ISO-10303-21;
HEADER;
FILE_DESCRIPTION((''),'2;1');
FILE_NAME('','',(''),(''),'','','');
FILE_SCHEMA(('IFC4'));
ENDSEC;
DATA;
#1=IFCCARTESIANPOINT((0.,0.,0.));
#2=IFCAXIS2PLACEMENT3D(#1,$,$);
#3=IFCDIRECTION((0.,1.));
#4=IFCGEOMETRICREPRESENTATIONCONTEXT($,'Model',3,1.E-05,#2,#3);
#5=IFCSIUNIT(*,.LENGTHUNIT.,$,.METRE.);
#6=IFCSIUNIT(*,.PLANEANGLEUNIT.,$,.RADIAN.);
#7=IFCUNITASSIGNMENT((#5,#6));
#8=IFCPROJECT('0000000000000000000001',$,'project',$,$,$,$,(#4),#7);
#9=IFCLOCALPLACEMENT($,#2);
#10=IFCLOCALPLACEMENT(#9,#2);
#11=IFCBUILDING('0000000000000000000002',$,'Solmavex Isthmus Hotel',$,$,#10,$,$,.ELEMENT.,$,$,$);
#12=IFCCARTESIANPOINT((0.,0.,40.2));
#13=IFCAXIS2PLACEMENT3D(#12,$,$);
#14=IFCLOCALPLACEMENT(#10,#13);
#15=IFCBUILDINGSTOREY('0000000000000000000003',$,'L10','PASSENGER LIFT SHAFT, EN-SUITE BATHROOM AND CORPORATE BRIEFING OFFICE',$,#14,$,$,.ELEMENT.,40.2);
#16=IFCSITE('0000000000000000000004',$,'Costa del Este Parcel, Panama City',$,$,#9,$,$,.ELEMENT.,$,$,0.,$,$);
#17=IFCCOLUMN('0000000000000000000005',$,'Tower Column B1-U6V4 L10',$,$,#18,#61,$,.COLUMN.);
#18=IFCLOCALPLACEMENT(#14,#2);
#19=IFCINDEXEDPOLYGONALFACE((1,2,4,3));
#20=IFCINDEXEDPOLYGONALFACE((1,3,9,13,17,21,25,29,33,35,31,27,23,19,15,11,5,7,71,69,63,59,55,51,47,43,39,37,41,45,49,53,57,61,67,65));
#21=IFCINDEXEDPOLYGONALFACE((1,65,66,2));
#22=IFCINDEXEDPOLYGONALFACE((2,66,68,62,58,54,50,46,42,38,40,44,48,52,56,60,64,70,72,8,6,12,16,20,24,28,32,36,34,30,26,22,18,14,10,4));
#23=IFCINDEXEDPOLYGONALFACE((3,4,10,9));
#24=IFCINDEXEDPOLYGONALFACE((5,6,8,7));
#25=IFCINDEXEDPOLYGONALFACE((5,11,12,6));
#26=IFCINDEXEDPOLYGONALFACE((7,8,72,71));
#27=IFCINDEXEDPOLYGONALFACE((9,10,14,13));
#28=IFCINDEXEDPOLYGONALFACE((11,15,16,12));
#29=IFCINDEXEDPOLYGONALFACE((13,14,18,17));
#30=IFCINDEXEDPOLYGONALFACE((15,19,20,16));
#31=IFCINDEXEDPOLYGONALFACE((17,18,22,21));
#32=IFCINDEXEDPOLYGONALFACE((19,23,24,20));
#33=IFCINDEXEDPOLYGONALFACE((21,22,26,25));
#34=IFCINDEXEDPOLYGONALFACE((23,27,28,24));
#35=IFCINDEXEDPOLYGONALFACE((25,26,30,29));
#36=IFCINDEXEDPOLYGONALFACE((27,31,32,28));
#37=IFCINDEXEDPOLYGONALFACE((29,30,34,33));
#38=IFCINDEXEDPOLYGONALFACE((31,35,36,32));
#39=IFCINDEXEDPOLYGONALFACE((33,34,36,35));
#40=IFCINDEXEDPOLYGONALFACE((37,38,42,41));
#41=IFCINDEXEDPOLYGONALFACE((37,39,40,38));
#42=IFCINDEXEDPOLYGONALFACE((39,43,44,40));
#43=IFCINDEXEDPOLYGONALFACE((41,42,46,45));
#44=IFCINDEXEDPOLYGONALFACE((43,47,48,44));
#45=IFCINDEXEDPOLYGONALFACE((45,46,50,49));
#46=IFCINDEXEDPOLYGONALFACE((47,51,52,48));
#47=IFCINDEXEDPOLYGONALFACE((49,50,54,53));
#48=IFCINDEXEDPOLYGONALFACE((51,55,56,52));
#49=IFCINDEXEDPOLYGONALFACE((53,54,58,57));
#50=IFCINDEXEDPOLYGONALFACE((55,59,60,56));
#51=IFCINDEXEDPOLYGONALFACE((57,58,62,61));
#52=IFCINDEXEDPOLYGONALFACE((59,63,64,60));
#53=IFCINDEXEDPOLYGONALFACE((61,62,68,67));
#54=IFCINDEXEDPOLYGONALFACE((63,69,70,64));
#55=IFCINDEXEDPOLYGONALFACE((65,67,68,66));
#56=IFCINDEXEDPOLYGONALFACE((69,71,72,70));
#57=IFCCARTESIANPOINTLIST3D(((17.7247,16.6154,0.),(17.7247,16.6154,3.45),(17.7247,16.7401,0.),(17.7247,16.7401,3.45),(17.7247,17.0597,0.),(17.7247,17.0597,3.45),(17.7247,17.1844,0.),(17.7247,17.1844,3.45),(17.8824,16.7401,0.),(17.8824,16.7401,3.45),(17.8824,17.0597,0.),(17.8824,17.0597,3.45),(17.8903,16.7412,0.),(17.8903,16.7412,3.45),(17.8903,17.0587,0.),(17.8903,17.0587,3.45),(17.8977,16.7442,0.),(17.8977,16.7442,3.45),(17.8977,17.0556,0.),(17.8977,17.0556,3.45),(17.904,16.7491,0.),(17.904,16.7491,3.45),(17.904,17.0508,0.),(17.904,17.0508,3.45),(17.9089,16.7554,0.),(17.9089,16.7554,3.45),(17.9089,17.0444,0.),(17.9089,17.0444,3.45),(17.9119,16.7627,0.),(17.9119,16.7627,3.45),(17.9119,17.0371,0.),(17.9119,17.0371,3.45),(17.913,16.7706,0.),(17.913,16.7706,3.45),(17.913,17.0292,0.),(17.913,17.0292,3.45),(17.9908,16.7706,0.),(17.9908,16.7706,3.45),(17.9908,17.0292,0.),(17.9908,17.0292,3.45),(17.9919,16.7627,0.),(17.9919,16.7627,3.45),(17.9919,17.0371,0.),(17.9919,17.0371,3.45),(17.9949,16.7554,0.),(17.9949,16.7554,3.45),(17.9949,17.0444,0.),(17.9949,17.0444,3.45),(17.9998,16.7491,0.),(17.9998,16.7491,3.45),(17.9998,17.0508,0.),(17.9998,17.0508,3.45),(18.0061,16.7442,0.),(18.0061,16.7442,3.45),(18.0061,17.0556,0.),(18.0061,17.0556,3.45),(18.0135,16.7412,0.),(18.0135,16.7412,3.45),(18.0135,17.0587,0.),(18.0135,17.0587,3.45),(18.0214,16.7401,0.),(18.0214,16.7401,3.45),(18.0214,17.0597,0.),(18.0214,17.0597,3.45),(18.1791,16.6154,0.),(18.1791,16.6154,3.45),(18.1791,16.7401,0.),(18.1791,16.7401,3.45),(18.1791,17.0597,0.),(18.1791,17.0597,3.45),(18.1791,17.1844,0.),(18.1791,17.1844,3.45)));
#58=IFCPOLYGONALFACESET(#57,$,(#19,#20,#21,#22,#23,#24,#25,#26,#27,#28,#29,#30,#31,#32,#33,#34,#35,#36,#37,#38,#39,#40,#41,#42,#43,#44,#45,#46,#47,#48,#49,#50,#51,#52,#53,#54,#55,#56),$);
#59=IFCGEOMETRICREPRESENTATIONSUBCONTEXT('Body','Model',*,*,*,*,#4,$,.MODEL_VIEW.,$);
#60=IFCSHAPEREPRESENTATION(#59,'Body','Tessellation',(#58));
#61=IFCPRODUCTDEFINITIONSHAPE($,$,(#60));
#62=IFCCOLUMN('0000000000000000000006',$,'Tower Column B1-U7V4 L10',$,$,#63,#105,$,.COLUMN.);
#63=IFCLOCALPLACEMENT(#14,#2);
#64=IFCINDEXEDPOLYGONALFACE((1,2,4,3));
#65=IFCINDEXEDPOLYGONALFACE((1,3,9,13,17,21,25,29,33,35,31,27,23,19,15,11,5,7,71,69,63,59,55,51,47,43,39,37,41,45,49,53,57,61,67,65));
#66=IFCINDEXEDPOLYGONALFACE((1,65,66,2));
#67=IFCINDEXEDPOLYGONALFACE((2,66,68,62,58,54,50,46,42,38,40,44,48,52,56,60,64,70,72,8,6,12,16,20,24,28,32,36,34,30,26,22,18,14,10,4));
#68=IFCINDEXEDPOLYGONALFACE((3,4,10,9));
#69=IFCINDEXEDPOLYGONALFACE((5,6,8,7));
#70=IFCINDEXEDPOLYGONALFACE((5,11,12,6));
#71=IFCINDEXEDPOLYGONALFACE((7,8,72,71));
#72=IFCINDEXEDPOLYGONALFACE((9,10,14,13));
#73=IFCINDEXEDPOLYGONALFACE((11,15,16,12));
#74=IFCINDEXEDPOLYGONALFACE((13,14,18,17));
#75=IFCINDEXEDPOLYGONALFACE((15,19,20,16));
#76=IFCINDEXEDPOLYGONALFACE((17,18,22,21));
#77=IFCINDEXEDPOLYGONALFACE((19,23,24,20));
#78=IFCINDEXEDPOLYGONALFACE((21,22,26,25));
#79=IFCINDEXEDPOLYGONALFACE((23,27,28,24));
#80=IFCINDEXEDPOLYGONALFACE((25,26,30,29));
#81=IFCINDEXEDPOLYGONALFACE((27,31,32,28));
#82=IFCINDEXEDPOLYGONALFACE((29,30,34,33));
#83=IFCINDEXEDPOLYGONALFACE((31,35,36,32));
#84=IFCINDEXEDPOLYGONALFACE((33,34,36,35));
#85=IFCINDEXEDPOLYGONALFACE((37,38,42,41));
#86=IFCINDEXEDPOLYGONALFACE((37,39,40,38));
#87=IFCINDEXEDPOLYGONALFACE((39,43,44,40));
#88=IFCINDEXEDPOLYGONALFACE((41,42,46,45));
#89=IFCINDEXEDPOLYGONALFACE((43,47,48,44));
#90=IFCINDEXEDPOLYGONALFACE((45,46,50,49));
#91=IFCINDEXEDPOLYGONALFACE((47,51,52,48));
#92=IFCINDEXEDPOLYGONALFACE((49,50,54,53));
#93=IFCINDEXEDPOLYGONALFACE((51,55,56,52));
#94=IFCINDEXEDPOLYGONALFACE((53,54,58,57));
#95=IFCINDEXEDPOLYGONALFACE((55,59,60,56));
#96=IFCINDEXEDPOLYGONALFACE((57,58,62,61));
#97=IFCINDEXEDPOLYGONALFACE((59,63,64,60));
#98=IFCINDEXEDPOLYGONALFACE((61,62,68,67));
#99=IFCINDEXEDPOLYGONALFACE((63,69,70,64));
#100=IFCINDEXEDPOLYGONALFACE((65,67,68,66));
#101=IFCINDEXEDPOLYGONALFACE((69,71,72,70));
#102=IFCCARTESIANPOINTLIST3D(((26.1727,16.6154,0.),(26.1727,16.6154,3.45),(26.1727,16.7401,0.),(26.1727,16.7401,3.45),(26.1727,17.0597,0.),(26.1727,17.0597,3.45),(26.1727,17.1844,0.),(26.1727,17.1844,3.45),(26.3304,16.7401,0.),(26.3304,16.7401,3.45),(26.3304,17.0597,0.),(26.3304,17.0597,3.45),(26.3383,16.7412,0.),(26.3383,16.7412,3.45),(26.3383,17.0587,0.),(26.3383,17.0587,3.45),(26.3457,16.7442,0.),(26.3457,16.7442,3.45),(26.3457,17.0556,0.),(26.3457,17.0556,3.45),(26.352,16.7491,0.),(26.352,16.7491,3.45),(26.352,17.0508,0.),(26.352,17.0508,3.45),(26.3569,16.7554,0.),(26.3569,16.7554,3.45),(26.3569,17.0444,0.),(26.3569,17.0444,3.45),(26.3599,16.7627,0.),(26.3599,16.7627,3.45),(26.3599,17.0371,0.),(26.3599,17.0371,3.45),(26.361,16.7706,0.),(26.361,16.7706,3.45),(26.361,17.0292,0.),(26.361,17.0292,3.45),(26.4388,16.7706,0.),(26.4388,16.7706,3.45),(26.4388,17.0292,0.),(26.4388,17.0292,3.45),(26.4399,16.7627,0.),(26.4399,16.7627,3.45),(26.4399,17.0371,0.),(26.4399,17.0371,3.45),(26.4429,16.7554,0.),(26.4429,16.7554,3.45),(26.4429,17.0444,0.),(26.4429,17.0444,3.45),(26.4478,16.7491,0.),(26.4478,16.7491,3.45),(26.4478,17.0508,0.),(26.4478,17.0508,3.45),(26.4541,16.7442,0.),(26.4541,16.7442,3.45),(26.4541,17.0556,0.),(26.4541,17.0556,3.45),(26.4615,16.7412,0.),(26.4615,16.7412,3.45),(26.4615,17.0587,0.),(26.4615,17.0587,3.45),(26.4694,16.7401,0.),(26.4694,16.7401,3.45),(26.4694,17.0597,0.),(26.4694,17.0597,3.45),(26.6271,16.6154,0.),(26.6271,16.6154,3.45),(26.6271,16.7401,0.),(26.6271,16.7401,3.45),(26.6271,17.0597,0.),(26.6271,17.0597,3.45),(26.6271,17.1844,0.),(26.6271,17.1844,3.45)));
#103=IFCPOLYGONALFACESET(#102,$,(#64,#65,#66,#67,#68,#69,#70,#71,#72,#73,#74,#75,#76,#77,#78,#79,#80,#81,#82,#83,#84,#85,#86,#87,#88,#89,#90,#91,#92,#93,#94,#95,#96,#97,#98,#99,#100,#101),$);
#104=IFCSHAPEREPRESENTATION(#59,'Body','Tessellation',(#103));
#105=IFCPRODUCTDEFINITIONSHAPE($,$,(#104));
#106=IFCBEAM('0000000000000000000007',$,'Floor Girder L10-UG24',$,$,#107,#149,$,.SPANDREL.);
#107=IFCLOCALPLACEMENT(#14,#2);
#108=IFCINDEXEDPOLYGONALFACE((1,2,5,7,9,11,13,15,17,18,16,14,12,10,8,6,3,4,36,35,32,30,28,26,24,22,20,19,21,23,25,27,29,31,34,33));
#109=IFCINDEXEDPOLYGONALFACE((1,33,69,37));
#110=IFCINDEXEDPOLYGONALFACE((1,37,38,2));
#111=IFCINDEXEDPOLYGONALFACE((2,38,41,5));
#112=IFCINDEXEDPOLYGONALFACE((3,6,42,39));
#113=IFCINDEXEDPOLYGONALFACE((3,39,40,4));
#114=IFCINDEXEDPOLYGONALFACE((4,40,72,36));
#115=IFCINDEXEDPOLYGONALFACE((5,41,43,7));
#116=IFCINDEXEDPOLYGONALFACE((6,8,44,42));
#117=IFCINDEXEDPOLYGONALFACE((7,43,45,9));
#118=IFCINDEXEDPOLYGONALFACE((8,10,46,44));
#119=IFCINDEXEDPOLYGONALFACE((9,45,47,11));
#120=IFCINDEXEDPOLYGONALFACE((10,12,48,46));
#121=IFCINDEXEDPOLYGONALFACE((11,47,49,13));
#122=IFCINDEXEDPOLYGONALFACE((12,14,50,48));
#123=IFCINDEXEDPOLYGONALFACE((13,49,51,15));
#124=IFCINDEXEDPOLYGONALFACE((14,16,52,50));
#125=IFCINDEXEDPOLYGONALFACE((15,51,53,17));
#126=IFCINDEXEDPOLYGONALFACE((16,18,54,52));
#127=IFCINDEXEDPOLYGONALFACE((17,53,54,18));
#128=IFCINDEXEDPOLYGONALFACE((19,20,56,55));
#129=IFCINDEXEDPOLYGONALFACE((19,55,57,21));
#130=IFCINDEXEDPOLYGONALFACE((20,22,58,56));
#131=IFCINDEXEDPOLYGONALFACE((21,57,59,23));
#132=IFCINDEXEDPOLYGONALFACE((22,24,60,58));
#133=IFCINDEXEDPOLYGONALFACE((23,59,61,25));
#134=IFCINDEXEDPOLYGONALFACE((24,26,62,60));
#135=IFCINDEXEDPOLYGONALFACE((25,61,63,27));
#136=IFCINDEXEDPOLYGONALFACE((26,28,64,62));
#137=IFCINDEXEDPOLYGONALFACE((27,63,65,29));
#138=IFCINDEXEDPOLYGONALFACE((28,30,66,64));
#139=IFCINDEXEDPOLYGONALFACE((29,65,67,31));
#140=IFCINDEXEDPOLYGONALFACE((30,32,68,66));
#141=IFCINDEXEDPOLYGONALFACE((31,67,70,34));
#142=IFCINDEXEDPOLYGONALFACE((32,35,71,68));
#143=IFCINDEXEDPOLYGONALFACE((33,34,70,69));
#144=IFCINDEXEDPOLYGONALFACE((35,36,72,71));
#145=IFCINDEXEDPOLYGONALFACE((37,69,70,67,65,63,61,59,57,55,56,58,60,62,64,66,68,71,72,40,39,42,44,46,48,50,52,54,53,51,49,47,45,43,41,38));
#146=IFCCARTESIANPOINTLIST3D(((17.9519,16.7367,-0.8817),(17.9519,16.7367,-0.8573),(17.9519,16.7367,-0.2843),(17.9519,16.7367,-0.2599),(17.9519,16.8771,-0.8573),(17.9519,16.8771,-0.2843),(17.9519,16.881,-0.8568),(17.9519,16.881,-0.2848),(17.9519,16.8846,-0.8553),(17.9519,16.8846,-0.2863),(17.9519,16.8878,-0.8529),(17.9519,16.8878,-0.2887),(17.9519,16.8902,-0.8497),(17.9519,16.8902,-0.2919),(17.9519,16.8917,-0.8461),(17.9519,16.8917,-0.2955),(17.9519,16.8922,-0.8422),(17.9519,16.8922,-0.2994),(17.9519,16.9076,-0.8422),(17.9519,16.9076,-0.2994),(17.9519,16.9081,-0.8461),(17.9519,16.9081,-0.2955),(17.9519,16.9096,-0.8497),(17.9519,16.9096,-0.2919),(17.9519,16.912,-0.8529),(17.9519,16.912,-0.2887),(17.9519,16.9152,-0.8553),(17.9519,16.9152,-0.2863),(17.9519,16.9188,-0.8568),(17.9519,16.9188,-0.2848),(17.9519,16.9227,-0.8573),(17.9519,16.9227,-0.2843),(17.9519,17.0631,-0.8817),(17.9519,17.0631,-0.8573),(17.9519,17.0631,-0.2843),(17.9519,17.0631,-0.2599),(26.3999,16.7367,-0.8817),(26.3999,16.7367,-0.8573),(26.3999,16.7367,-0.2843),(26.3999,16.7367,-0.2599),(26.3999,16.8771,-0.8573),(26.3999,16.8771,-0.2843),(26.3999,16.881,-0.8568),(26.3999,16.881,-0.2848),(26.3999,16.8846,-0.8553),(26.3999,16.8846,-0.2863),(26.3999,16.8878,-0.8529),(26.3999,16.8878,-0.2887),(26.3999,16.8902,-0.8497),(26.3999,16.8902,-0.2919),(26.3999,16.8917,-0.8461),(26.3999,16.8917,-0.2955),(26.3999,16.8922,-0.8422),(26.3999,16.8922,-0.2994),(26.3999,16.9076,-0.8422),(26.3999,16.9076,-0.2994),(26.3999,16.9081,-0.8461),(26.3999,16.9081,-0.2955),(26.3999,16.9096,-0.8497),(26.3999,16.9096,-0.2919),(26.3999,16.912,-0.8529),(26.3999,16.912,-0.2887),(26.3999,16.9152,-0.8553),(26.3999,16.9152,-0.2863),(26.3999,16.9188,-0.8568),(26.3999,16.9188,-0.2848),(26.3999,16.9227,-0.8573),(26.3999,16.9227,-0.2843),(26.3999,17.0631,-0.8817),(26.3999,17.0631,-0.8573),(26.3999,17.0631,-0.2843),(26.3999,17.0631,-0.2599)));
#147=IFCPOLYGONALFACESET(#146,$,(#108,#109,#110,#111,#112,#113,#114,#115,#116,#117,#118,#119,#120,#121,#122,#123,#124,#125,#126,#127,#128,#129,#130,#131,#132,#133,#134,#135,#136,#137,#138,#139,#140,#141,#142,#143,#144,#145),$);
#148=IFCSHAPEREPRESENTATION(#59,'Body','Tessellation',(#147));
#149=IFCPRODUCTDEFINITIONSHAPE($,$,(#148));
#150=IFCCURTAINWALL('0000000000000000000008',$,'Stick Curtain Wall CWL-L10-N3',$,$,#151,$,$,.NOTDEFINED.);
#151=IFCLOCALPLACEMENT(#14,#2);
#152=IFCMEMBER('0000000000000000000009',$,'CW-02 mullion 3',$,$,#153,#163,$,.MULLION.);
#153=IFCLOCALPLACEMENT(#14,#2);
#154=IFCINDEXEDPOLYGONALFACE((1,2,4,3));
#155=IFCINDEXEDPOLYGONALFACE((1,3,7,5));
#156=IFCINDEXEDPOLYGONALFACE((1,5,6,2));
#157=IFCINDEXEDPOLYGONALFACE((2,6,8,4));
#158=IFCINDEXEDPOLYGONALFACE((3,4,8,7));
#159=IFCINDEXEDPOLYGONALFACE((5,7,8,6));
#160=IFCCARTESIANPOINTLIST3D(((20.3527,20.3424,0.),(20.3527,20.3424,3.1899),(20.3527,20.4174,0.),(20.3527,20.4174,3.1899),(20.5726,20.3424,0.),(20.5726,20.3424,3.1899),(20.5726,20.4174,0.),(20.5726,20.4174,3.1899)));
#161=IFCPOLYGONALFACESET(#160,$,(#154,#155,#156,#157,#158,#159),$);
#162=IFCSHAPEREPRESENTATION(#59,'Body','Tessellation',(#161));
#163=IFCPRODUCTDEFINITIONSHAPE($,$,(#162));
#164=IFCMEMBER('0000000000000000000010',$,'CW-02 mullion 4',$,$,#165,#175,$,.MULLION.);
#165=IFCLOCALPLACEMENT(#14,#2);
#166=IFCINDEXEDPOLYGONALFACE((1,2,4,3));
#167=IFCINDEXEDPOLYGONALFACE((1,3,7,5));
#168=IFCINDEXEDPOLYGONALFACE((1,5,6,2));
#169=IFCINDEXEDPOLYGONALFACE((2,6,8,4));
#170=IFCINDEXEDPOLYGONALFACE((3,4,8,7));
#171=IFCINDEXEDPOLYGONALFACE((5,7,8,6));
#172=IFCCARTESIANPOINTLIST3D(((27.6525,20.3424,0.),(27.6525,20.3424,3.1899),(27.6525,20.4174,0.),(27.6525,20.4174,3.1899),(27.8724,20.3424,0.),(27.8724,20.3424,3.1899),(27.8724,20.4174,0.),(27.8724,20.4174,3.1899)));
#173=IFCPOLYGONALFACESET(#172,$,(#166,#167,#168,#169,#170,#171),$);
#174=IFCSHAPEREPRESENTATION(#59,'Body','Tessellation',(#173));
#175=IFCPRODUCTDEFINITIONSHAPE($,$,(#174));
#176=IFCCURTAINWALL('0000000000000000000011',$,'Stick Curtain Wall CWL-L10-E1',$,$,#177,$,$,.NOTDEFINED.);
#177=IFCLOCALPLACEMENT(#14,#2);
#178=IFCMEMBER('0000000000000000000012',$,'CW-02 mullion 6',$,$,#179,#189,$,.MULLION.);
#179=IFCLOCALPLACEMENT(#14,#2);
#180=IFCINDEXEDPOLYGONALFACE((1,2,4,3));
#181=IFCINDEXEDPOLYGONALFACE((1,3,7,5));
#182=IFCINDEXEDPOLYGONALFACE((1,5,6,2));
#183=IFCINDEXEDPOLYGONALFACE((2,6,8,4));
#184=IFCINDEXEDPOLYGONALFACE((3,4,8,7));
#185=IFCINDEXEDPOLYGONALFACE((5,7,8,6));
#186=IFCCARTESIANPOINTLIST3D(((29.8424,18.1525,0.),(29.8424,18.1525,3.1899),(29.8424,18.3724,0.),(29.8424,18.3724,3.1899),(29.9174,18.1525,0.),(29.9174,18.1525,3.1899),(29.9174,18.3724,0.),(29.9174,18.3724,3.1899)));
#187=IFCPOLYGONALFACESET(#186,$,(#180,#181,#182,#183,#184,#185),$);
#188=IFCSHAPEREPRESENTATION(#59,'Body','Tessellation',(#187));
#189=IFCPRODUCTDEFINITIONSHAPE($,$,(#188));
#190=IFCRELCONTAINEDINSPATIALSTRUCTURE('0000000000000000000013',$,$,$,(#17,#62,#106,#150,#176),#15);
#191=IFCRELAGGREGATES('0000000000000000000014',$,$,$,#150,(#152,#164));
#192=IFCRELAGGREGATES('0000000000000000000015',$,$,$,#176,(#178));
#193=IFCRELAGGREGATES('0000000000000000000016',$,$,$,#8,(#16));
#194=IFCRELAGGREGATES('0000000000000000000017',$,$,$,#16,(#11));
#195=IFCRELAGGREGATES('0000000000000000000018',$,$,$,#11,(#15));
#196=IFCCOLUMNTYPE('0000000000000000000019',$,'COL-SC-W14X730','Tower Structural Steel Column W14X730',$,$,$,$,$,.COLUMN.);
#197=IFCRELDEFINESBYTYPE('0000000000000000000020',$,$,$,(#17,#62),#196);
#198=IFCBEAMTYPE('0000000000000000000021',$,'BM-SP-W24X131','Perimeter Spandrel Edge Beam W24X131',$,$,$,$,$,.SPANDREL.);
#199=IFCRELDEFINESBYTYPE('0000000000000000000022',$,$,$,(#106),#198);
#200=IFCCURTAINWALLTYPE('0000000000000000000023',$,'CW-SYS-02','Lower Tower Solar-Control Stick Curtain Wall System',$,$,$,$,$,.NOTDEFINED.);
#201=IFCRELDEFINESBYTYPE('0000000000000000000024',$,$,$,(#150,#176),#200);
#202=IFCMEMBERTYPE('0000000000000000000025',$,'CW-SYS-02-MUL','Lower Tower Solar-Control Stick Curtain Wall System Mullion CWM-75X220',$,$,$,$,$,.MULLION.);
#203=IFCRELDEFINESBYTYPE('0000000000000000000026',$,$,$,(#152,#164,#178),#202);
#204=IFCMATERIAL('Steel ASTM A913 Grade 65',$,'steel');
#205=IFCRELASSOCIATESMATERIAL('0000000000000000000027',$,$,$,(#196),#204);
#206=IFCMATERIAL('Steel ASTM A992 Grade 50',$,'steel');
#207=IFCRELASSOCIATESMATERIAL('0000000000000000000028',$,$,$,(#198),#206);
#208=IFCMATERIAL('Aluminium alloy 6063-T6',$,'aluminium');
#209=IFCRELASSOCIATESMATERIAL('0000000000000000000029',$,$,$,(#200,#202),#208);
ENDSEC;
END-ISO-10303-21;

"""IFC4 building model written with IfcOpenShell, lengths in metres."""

from ifc_helpers import new_model, si_unit, direction, frame, origin, origin_2d, place, context, subcontext, project, spatial, rectangle, i_section, extrude, material, material_profile, profile_set, type_object, element, aggregate, save


model = new_model("IFC4")

# Units and contexts
model_context = context("Model", 3, precision=1e-05, world=origin(), true_north=direction((0.0, 1.0)))
body_context = subcontext(model_context, "Body", "Model", "MODEL_VIEW")
ifc_project = project(units=[si_unit("LENGTHUNIT", "METRE"), si_unit("PLANEANGLEUNIT", "RADIAN")], contexts=[model_context])

# Site, building, storey
site_placement = place(None, origin())
site = spatial("IfcSite", under=ifc_project, at=site_placement, Name="Costa del Este Parcel, Panama City", CompositionType="ELEMENT", RefElevation=0.0)
building_placement = place(site_placement, origin())
building = spatial("IfcBuilding", under=site, at=building_placement, Name="Solmavex Isthmus Hotel", CompositionType="ELEMENT")
storey_placement = place(building_placement, frame((0.0, 0.0, 40.2)))
storey = spatial("IfcBuildingStorey", under=building, at=storey_placement, Name="L10", Description="PASSENGER LIFT SHAFT, EN-SUITE BATHROOM AND CORPORATE BRIEFING OFFICE", CompositionType="ELEMENT", Elevation=40.2)

# Columns
ifc_material_1 = material(Name="Steel ASTM A913 Grade 65", Category="steel")
ifc_material_profile_1 = material_profile(ifc_material_1, i_section(OverallWidth=0.4543, OverallDepth=0.5691, WebThickness=0.0779, FlangeThickness=0.1248, FilletRadius=0.0305, at=origin_2d()), Name="W14X730")
ifc_profile_set_1 = profile_set([ifc_material_profile_1], Name="Steel ASTM A913 Grade 65")
column_type = type_object("IfcColumnType", Name="COL-SC-W14X730", Description="Tower Structural Steel Column W14X730", PredefinedType="COLUMN", material=ifc_profile_set_1)
for number, where, z_axis, x_axis, name in (
    (1, (17.9519, 16.8999, 0.0), (0.0, 0.0, 1.0), (1.0, 0.0, 0.0), "Tower Column B1-U6V4 L10"),
    (2, (26.3999, 16.8999, 0.0), (0.0, 0.0, 1.0), (1.0, 0.0, 0.0), "Tower Column B1-U7V4 L10"),
):
    element("IfcColumn", number, at=place(storey_placement, frame(where, z_axis=z_axis, x_axis=x_axis)), inside=storey, type_object=column_type, Name=name, PredefinedType="COLUMN", context=body_context, shape_type="SweptSolid", body=[
        extrude(i_section(OverallWidth=0.4543, OverallDepth=0.5691, WebThickness=0.0779, FlangeThickness=0.1248, FilletRadius=0.0305, at=origin_2d()), origin(), (0.0, 0.0, 1.0), 3.45),
    ])

# Beam
ifc_material_2 = material(Name="Steel ASTM A992 Grade 50", Category="steel")
ifc_material_profile_2 = material_profile(ifc_material_2, i_section(OverallWidth=0.3264, OverallDepth=0.6218, WebThickness=0.0154, FlangeThickness=0.0244, FilletRadius=0.0151, at=origin_2d()), Name="W24X131")
ifc_profile_set_2 = profile_set([ifc_material_profile_2], Name="Steel ASTM A992 Grade 50")
beam_type = type_object("IfcBeamType", Name="BM-SP-W24X131", Description="Perimeter Spandrel Edge Beam W24X131", PredefinedType="SPANDREL", material=ifc_profile_set_2)
beam_placement = place(storey_placement, frame((17.9519, 16.8999, -0.5708), z_axis=(1.0, 0.0, 0.0), x_axis=(0.0, 1.0, 0.0)))
element("IfcBeam", 3, at=beam_placement, inside=storey, type_object=beam_type, Name="Floor Girder L10-UG24", PredefinedType="SPANDREL", context=body_context, shape_type="SweptSolid", body=[
    extrude(i_section(OverallWidth=0.3264, OverallDepth=0.6218, WebThickness=0.0154, FlangeThickness=0.0244, FilletRadius=0.0151, at=origin_2d()), origin(), (0.0, 0.0, 1.0), 8.448),
])

# Curtain wall, members
ifc_material_3 = material(Name="Aluminium alloy 6063-T6", Category="aluminium")
curtain_wall_type = type_object("IfcCurtainWallType", Name="CW-SYS-02", Description="Lower Tower Solar-Control Stick Curtain Wall System", PredefinedType="NOTDEFINED", material=ifc_material_3)
curtain_wall_1_placement = place(storey_placement, origin())
curtain_wall_1 = element("IfcCurtainWall", 4, at=curtain_wall_1_placement, inside=storey, type_object=curtain_wall_type, Name="Stick Curtain Wall CWL-L10-N3", PredefinedType="NOTDEFINED")
ifc_material_profile_3 = material_profile(ifc_material_3, rectangle(XDim=0.075, YDim=0.22, at=origin_2d()), Name="CWM-75X220")
ifc_profile_set_3 = profile_set([ifc_material_profile_3], Name="Aluminium alloy 6063-T6")
member_type_1 = type_object("IfcMemberType", Name="CW-SYS-02-MUL", Description="Lower Tower Solar-Control Stick Curtain Wall System Mullion CWM-75X220", PredefinedType="MULLION", material=ifc_profile_set_3)
member_1_placement = place(storey_placement, frame((20.4626, 20.3799, 0.0), z_axis=(0.0, 0.0, 1.0), x_axis=(0.0, 1.0, 0.0)))
member_1 = element("IfcMember", 5, at=member_1_placement, type_object=member_type_1, Name="CW-02 mullion 3", PredefinedType="MULLION", context=body_context, shape_type="SweptSolid", body=[
    extrude(rectangle(XDim=0.075, YDim=0.22, at=origin_2d()), origin(), (0.0, 0.0, 1.0), 3.1899),
])
member_2_placement = place(storey_placement, frame((27.7625, 20.3799, 0.0), z_axis=(0.0, 0.0, 1.0), x_axis=(0.0, 1.0, 0.0)))
member_2 = element("IfcMember", 6, at=member_2_placement, type_object=member_type_1, Name="CW-02 mullion 4", PredefinedType="MULLION", context=body_context, shape_type="SweptSolid", body=[
    extrude(rectangle(XDim=0.075, YDim=0.22, at=origin_2d()), origin(), (0.0, 0.0, 1.0), 3.1899),
])

# Curtain wall, member
curtain_wall_2_placement = place(storey_placement, origin())
curtain_wall_2 = element("IfcCurtainWall", 7, at=curtain_wall_2_placement, inside=storey, type_object=curtain_wall_type, Name="Stick Curtain Wall CWL-L10-E1", PredefinedType="NOTDEFINED")
member_3_placement = place(storey_placement, frame((29.8799, 18.2625, 0.0), z_axis=(0.0, 0.0, 1.0), x_axis=(-1.0, 0.0, 0.0)))
member_3 = element("IfcMember", 8, at=member_3_placement, type_object=member_type_1, Name="CW-02 mullion 6", PredefinedType="MULLION", context=body_context, shape_type="SweptSolid", body=[
    extrude(rectangle(XDim=0.075, YDim=0.22, at=origin_2d()), origin(), (0.0, 0.0, 1.0), 3.1899),
])

aggregate(curtain_wall_1, [member_1, member_2])
aggregate(curtain_wall_2, [member_3])

save(model, "model.ifc")
